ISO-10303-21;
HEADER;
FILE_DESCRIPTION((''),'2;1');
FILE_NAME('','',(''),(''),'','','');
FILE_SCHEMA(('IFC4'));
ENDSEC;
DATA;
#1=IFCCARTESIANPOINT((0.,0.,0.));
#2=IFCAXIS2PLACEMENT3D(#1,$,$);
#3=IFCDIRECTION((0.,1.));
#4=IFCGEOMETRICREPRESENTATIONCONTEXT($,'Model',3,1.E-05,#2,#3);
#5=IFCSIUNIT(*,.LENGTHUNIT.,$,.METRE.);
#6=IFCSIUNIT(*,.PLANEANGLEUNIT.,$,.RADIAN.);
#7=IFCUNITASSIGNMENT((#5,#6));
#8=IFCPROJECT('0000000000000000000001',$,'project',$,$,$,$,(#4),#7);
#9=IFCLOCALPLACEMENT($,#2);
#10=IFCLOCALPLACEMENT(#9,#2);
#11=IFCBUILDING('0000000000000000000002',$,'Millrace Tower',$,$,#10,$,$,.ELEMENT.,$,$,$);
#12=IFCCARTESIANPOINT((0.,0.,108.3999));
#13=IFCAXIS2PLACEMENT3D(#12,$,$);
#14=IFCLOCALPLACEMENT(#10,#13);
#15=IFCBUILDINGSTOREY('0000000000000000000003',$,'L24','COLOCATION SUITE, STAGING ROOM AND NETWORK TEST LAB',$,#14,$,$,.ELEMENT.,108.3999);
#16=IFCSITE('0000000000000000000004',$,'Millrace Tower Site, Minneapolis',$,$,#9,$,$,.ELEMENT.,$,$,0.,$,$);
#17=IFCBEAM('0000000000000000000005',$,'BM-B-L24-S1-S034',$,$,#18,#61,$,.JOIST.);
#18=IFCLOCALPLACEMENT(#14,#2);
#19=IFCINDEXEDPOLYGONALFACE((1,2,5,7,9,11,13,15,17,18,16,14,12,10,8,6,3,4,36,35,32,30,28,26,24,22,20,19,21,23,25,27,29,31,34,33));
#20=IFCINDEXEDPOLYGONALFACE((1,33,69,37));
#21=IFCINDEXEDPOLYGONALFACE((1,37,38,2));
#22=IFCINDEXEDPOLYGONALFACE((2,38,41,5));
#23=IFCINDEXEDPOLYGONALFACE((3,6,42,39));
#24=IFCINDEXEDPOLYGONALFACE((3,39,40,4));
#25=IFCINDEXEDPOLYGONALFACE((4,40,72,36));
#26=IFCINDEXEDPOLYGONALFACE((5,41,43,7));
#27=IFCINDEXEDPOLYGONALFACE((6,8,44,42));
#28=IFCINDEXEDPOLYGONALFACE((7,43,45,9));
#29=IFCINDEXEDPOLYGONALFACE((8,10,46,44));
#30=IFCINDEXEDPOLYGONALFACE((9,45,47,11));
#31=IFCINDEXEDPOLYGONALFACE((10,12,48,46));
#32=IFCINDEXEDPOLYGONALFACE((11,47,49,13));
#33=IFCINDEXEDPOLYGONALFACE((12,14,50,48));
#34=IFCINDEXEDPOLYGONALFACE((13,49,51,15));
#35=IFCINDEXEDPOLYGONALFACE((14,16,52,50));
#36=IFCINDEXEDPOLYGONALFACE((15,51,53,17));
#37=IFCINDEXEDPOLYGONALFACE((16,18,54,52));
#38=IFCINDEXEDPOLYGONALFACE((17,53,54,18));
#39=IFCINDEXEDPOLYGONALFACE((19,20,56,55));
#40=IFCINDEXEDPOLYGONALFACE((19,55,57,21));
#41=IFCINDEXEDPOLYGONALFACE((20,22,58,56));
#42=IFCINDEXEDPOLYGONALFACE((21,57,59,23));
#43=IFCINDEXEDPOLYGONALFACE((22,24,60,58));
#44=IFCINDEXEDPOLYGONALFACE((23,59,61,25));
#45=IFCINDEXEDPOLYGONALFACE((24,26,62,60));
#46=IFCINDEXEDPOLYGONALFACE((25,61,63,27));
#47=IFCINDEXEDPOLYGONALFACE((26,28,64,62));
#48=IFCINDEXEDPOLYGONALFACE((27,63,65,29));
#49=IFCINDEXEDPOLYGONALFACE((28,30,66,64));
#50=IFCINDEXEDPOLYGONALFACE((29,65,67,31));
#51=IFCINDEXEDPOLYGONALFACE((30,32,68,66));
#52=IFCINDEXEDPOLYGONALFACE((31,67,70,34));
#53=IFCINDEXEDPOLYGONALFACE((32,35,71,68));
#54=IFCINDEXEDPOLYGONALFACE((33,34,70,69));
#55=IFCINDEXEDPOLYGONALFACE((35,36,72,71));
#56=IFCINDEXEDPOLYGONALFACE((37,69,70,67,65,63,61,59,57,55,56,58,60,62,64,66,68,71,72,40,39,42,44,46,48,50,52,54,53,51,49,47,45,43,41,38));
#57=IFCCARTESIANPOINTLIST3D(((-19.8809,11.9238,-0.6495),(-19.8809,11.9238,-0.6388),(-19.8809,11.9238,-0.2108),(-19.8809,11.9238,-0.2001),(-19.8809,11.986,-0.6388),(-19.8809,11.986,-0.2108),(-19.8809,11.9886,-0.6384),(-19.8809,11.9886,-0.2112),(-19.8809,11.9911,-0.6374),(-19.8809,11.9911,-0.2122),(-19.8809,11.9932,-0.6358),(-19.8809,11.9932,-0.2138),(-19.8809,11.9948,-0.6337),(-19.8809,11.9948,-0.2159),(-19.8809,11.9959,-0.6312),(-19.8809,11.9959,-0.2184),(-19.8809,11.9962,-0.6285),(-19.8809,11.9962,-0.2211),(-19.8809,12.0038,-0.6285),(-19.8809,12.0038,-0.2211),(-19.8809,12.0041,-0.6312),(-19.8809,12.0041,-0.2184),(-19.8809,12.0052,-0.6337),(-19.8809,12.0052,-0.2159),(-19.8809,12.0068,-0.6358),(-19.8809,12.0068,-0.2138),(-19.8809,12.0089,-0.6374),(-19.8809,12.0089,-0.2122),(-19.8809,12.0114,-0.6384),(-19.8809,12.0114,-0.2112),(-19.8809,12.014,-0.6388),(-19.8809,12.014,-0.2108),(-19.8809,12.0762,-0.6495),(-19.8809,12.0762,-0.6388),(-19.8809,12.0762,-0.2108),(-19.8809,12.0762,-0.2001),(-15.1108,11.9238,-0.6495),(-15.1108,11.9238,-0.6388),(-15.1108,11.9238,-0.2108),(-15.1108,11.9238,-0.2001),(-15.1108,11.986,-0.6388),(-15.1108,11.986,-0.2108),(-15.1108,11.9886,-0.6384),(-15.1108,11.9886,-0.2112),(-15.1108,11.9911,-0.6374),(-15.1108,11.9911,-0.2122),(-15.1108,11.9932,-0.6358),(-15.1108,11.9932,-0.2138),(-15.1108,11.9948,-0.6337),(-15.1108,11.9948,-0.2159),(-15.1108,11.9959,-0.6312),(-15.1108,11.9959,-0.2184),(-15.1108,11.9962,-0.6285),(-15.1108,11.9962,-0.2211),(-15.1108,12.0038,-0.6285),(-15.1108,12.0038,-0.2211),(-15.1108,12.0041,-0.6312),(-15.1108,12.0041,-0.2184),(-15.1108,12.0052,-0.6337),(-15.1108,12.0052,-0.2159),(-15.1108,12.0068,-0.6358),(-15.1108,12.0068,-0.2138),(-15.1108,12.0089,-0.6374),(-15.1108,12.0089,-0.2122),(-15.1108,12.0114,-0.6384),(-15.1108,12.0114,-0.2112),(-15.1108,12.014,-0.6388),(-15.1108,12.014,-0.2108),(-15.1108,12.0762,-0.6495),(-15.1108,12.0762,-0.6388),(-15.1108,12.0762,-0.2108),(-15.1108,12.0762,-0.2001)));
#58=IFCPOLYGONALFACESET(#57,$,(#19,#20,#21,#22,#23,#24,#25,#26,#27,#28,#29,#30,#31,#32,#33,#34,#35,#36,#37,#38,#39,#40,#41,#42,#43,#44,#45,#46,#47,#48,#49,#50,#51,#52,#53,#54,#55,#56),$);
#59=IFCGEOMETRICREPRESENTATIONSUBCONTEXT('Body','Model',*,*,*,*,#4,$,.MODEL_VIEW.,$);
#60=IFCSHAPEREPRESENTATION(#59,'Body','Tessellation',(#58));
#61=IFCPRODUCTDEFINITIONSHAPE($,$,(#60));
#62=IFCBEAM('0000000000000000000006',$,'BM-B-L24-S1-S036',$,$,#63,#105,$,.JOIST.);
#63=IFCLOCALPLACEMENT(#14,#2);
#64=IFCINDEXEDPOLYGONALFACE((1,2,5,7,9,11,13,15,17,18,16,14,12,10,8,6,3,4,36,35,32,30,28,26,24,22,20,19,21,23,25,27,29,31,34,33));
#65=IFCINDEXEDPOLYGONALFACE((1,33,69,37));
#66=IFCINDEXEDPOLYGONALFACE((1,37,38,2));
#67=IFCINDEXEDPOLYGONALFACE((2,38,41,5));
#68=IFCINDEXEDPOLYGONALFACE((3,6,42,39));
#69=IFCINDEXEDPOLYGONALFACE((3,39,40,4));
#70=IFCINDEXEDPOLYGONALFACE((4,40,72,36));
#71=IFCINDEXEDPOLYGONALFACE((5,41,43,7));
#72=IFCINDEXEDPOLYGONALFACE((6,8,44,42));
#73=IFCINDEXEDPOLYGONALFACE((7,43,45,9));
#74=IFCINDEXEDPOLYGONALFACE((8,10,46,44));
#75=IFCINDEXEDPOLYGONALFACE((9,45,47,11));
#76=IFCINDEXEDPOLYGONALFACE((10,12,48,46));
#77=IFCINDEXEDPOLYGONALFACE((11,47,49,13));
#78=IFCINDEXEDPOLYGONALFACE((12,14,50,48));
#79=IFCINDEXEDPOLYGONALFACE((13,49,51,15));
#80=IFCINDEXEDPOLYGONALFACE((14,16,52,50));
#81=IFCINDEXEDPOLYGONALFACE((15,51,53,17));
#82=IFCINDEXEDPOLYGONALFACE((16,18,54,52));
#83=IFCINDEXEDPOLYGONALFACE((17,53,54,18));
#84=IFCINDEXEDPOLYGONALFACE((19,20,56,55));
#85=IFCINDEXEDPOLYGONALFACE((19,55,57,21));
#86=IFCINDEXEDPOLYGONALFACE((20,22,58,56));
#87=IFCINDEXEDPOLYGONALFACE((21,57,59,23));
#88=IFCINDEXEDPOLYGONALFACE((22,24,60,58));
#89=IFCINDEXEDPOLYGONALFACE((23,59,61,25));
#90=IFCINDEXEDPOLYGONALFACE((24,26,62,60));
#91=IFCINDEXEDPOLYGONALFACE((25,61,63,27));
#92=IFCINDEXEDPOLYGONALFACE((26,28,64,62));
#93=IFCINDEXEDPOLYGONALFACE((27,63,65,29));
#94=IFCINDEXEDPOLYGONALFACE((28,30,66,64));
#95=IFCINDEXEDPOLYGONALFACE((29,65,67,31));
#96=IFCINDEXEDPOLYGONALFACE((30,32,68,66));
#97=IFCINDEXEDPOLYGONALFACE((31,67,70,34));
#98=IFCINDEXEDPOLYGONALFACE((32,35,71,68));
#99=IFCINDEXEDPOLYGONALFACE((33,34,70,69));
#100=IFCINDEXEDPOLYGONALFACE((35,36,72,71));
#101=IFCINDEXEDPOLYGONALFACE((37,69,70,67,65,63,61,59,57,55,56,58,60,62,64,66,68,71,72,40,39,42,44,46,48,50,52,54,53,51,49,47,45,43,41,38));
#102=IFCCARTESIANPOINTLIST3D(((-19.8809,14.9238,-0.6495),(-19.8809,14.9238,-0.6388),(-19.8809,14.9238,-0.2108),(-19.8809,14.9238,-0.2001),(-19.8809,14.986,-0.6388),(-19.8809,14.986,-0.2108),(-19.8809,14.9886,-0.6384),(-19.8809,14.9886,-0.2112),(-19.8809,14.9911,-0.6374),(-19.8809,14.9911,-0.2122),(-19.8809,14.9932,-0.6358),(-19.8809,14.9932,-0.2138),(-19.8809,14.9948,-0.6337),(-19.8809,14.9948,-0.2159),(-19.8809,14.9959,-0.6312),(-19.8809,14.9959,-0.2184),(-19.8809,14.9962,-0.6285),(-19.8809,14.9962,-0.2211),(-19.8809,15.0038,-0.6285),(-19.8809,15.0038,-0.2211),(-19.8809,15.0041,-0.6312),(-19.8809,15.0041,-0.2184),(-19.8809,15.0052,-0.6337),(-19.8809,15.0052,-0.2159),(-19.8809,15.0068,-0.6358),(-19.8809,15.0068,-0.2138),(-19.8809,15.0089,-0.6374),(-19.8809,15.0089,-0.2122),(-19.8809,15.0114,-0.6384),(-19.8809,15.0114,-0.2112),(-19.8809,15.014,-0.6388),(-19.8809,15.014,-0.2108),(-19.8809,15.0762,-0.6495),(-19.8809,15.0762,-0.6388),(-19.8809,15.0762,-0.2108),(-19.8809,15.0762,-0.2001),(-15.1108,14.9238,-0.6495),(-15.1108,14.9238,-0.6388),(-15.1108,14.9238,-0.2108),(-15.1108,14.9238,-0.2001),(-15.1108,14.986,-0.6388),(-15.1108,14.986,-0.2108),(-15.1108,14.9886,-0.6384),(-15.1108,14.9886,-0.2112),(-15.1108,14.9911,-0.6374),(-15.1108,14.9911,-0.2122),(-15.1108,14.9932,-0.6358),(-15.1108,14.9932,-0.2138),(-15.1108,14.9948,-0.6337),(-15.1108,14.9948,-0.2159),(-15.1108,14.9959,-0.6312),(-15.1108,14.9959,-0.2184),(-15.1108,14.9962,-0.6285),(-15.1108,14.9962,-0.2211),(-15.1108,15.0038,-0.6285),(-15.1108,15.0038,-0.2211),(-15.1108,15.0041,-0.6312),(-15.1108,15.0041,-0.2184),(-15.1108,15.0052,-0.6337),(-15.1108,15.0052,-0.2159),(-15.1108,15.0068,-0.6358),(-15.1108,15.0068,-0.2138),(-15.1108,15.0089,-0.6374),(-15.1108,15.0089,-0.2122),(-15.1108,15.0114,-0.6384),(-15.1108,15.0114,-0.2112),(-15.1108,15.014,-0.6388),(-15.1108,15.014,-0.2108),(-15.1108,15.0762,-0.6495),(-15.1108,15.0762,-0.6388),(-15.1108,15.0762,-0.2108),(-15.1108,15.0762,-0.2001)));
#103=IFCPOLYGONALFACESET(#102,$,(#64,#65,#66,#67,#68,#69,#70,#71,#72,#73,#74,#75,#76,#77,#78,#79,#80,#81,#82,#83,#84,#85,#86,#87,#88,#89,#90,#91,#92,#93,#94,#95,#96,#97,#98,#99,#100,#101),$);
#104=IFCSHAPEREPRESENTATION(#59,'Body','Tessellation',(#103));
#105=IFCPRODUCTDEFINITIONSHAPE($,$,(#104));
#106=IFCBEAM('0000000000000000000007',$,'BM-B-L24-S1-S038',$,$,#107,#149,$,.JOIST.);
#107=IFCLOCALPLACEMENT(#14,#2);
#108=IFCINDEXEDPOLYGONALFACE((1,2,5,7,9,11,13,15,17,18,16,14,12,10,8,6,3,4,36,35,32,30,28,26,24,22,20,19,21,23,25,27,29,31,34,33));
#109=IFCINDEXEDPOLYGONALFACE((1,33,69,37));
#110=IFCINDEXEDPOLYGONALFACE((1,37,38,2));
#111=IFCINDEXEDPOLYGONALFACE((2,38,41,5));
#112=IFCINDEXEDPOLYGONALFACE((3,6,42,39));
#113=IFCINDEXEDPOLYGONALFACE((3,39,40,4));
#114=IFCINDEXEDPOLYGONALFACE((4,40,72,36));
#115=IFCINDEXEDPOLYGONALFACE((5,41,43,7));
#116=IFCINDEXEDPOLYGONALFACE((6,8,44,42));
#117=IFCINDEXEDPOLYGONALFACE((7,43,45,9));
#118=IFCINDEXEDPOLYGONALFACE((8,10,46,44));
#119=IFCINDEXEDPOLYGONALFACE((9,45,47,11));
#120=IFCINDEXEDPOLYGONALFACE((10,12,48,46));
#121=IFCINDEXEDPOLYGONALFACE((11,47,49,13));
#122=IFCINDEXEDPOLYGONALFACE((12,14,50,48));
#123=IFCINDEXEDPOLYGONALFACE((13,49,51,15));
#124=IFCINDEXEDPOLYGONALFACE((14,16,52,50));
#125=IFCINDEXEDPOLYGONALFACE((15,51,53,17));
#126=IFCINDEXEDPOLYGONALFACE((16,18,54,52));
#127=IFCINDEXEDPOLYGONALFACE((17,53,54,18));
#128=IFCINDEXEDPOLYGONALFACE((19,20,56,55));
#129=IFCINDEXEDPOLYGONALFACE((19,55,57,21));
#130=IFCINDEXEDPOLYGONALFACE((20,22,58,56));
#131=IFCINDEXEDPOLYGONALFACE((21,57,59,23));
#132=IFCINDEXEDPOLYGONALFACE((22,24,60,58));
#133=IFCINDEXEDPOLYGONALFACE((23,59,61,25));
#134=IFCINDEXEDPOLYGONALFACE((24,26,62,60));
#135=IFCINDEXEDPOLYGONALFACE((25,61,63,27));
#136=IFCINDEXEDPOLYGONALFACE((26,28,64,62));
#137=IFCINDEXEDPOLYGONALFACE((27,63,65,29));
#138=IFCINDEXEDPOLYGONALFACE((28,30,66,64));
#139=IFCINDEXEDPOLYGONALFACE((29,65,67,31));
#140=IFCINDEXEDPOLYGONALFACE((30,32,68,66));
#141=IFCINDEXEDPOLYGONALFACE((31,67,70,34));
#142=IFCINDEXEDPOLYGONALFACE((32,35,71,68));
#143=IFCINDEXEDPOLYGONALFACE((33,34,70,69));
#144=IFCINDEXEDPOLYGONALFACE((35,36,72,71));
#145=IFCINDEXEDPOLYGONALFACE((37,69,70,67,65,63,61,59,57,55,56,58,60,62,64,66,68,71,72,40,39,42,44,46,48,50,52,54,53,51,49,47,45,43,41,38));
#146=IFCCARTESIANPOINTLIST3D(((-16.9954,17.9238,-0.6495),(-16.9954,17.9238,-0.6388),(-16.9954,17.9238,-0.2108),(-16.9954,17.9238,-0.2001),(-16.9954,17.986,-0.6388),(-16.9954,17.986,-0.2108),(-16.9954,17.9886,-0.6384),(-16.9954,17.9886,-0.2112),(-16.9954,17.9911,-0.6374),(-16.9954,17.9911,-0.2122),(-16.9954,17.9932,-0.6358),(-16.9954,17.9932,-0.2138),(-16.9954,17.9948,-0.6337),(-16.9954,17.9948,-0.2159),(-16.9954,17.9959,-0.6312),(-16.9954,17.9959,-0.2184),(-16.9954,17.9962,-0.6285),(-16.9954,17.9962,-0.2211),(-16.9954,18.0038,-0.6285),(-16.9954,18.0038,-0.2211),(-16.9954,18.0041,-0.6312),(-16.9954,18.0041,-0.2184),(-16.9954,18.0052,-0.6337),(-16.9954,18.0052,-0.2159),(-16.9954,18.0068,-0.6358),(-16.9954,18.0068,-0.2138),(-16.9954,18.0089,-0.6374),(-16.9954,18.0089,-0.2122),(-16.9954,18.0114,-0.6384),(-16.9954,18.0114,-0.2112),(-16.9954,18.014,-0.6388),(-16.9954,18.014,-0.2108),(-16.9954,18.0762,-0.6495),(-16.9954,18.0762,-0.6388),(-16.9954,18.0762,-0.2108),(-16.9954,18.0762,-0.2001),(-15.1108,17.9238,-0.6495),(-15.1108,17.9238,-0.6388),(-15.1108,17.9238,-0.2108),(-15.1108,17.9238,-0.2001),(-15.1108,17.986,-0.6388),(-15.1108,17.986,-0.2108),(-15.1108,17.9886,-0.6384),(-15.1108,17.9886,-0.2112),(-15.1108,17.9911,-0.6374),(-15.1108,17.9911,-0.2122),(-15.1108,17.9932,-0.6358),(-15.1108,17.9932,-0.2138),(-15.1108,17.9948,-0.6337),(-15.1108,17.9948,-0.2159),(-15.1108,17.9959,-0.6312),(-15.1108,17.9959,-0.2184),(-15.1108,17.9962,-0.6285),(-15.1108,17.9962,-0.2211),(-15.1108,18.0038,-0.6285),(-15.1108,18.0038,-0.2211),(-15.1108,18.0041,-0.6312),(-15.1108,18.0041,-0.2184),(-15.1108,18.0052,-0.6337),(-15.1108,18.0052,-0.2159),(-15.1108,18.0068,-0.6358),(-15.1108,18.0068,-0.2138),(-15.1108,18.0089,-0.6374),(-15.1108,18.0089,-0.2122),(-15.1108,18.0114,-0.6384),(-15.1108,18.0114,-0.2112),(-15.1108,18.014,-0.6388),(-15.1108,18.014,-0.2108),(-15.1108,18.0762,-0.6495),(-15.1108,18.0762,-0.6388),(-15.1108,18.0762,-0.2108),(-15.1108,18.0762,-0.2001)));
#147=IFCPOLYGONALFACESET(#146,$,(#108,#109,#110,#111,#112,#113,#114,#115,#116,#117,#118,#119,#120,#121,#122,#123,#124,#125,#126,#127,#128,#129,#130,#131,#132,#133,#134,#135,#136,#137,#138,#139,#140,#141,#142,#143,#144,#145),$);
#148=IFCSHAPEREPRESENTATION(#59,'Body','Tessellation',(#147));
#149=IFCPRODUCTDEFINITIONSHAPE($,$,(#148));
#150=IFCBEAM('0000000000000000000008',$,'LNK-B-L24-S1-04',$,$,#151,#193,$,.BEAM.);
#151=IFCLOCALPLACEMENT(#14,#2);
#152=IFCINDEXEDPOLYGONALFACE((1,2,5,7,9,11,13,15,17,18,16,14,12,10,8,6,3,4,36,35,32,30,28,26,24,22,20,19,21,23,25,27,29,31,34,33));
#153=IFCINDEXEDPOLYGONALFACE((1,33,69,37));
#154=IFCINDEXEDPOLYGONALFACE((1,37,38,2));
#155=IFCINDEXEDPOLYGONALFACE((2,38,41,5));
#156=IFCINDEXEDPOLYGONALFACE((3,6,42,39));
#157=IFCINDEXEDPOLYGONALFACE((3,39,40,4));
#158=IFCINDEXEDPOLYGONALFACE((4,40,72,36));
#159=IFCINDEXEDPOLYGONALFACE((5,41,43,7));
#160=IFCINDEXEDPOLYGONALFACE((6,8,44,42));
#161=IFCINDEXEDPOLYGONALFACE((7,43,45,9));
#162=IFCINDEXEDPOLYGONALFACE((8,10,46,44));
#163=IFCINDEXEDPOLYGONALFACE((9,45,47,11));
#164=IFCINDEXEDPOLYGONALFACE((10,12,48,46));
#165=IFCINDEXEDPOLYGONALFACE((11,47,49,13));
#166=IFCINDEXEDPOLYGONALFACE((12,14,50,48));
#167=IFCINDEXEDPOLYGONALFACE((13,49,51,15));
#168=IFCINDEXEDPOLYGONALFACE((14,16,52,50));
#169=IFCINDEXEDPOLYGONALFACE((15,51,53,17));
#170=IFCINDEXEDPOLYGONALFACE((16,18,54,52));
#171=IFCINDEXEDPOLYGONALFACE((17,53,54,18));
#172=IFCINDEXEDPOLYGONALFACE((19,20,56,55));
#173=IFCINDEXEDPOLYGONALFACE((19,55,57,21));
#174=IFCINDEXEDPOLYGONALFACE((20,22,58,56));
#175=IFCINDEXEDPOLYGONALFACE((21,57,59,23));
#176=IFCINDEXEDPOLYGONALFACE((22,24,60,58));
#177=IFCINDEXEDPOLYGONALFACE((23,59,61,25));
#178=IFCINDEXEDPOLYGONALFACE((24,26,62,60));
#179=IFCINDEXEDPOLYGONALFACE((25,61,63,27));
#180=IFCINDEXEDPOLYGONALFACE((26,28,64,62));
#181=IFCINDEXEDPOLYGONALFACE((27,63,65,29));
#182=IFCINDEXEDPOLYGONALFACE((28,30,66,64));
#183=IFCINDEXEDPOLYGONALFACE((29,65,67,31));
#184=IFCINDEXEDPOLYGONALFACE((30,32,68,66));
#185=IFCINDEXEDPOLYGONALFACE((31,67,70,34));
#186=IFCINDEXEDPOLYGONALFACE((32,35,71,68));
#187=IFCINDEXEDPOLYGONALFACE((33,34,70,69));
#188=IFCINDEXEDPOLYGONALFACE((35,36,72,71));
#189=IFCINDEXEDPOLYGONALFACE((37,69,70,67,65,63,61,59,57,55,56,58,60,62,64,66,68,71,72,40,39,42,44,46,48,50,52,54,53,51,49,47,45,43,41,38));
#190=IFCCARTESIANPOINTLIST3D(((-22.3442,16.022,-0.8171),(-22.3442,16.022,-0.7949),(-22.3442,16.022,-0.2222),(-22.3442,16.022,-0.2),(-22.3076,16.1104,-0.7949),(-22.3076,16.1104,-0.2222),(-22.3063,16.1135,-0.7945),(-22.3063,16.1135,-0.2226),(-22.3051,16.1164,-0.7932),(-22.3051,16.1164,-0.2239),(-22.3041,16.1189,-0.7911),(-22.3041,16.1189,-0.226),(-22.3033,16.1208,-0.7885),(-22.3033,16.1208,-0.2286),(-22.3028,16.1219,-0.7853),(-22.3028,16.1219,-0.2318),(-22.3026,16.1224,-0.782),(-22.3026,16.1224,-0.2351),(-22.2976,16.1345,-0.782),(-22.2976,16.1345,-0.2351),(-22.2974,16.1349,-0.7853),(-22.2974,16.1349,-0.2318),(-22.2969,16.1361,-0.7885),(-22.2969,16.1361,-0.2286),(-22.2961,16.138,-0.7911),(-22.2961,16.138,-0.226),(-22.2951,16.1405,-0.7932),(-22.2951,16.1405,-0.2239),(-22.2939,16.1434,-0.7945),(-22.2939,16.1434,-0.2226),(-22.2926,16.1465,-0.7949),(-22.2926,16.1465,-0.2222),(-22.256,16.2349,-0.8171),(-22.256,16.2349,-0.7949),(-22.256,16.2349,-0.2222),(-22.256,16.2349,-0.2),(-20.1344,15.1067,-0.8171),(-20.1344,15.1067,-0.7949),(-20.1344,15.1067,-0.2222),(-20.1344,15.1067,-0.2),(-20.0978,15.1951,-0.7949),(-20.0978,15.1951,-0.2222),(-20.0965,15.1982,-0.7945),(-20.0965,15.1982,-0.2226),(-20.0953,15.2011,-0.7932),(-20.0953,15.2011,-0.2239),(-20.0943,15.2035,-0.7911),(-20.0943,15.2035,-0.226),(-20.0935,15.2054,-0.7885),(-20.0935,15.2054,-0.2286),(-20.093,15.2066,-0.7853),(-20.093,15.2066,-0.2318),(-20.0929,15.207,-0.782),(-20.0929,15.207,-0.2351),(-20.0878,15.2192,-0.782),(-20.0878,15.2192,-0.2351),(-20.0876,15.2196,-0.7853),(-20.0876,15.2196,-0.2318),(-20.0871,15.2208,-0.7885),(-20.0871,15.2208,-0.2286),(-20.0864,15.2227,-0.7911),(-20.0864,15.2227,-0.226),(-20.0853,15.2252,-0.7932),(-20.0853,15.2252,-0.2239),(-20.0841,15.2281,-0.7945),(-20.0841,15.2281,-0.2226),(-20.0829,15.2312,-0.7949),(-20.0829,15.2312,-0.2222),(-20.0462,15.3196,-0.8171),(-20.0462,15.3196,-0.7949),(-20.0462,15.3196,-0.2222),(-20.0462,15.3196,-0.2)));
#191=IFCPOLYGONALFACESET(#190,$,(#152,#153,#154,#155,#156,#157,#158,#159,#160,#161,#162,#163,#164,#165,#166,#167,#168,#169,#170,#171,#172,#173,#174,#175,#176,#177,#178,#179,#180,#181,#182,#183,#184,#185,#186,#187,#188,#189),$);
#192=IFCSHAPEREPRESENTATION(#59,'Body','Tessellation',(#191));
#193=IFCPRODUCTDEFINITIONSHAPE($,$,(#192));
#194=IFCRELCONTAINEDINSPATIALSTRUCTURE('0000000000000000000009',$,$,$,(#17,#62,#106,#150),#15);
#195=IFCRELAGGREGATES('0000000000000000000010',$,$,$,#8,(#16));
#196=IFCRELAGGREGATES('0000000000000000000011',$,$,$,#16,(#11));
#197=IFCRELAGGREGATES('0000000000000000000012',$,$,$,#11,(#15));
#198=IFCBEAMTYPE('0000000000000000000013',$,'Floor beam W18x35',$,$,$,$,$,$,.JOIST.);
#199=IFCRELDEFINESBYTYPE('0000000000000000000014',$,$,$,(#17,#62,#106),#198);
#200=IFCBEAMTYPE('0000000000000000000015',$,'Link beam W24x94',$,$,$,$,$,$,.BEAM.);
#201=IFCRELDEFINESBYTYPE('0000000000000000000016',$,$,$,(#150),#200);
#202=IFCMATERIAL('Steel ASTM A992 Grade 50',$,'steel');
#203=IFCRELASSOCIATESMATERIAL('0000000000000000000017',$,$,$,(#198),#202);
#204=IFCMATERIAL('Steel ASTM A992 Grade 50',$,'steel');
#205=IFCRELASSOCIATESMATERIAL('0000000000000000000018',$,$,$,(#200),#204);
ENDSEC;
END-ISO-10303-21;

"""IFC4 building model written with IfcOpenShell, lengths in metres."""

from ifc_helpers import new_model, si_unit, direction, frame, origin, origin_2d, place, context, subcontext, project, spatial, i_section, extrude, material, material_profile, profile_set, type_object, element, save


model = new_model("IFC4")

# Units and contexts
model_context = context("Model", 3, precision=1e-05, world=origin(), true_north=direction((0.0, 1.0)))
body_context = subcontext(model_context, "Body", "Model", "MODEL_VIEW")
ifc_project = project(units=[si_unit("LENGTHUNIT", "METRE"), si_unit("PLANEANGLEUNIT", "RADIAN")], contexts=[model_context])

# Site, building, storey
site_placement = place(None, origin())
site = spatial("IfcSite", under=ifc_project, at=site_placement, Name="Millrace Tower Site, Minneapolis", CompositionType="ELEMENT", RefElevation=0.0)
building_placement = place(site_placement, origin())
building = spatial("IfcBuilding", under=site, at=building_placement, Name="Millrace Tower", CompositionType="ELEMENT")
storey_placement = place(building_placement, frame((0.0, 0.0, 108.3999)))
storey = spatial("IfcBuildingStorey", under=building, at=storey_placement, Name="L24", Description="COLOCATION SUITE, STAGING ROOM AND NETWORK TEST LAB", CompositionType="ELEMENT", Elevation=108.3999)

# Beams
ifc_material_1 = material(Name="Steel ASTM A992 Grade 50", Category="steel")
ifc_material_profile_1 = material_profile(ifc_material_1, i_section(OverallWidth=0.1523, OverallDepth=0.4495, WebThickness=0.0076, FlangeThickness=0.0107, FilletRadius=0.0103, at=origin_2d()))
ifc_profile_set_1 = profile_set([ifc_material_profile_1], Name="Steel ASTM A992 Grade 50")
beam_type_1 = type_object("IfcBeamType", Name="Floor beam W18x35", PredefinedType="JOIST", material=ifc_profile_set_1)
for number, where, z_axis, x_axis, name in (
    (1, (-19.8809, 12.0, -0.4248), (1.0, 0.0, 0.0), (0.0, 1.0, 0.0), "BM-B-L24-S1-S034"),
    (2, (-19.8809, 15.0, -0.4248), (1.0, 0.0, 0.0), (0.0, 1.0, 0.0), "BM-B-L24-S1-S036"),
):
    element("IfcBeam", number, at=place(storey_placement, frame(where, z_axis=z_axis, x_axis=x_axis)), inside=storey, type_object=beam_type_1, Name=name, PredefinedType="JOIST", context=body_context, shape_type="SweptSolid", body=[
        extrude(i_section(OverallWidth=0.1523, OverallDepth=0.4495, WebThickness=0.0076, FlangeThickness=0.0107, FilletRadius=0.0103, at=origin_2d()), origin(), (0.0, 0.0, 1.0), 4.77),
    ])
beam_1_placement = place(storey_placement, frame((-16.9954, 18.0, -0.4248), z_axis=(1.0, 0.0, 0.0), x_axis=(0.0, 1.0, 0.0)))
element("IfcBeam", 3, at=beam_1_placement, inside=storey, type_object=beam_type_1, Name="BM-B-L24-S1-S038", PredefinedType="JOIST", context=body_context, shape_type="SweptSolid", body=[
    extrude(i_section(OverallWidth=0.1523, OverallDepth=0.4495, WebThickness=0.0076, FlangeThickness=0.0107, FilletRadius=0.0103, at=origin_2d()), origin(), (0.0, 0.0, 1.0), 1.8845),
])
ifc_material_2 = material(Name="Steel ASTM A992 Grade 50", Category="steel")
ifc_material_profile_2 = material_profile(ifc_material_2, i_section(OverallWidth=0.2305, OverallDepth=0.6172, WebThickness=0.0132, FlangeThickness=0.0222, FilletRadius=0.0129, at=origin_2d()))
ifc_profile_set_2 = profile_set([ifc_material_profile_2], Name="Steel ASTM A992 Grade 50")
beam_type_2 = type_object("IfcBeamType", Name="Link beam W24x94", PredefinedType="BEAM", material=ifc_profile_set_2)
for number, where, z_axis, x_axis, name in (
    (4, (-20.0903, 15.2131, -0.5085), (-0.923881, 0.382679, 0.0), (-0.382679, -0.923881, 0.0), "LNK-B-L24-S1-04"),
):
    element("IfcBeam", number, at=place(storey_placement, frame(where, z_axis=z_axis, x_axis=x_axis)), inside=storey, type_object=beam_type_2, Name=name, PredefinedType="BEAM", context=body_context, shape_type="SweptSolid", body=[
        extrude(i_section(OverallWidth=0.2305, OverallDepth=0.6172, WebThickness=0.0132, FlangeThickness=0.0222, FilletRadius=0.0129, at=origin_2d()), origin(), (0.0, 0.0, 1.0), 2.3918),
    ])

save(model, "model.ifc")
